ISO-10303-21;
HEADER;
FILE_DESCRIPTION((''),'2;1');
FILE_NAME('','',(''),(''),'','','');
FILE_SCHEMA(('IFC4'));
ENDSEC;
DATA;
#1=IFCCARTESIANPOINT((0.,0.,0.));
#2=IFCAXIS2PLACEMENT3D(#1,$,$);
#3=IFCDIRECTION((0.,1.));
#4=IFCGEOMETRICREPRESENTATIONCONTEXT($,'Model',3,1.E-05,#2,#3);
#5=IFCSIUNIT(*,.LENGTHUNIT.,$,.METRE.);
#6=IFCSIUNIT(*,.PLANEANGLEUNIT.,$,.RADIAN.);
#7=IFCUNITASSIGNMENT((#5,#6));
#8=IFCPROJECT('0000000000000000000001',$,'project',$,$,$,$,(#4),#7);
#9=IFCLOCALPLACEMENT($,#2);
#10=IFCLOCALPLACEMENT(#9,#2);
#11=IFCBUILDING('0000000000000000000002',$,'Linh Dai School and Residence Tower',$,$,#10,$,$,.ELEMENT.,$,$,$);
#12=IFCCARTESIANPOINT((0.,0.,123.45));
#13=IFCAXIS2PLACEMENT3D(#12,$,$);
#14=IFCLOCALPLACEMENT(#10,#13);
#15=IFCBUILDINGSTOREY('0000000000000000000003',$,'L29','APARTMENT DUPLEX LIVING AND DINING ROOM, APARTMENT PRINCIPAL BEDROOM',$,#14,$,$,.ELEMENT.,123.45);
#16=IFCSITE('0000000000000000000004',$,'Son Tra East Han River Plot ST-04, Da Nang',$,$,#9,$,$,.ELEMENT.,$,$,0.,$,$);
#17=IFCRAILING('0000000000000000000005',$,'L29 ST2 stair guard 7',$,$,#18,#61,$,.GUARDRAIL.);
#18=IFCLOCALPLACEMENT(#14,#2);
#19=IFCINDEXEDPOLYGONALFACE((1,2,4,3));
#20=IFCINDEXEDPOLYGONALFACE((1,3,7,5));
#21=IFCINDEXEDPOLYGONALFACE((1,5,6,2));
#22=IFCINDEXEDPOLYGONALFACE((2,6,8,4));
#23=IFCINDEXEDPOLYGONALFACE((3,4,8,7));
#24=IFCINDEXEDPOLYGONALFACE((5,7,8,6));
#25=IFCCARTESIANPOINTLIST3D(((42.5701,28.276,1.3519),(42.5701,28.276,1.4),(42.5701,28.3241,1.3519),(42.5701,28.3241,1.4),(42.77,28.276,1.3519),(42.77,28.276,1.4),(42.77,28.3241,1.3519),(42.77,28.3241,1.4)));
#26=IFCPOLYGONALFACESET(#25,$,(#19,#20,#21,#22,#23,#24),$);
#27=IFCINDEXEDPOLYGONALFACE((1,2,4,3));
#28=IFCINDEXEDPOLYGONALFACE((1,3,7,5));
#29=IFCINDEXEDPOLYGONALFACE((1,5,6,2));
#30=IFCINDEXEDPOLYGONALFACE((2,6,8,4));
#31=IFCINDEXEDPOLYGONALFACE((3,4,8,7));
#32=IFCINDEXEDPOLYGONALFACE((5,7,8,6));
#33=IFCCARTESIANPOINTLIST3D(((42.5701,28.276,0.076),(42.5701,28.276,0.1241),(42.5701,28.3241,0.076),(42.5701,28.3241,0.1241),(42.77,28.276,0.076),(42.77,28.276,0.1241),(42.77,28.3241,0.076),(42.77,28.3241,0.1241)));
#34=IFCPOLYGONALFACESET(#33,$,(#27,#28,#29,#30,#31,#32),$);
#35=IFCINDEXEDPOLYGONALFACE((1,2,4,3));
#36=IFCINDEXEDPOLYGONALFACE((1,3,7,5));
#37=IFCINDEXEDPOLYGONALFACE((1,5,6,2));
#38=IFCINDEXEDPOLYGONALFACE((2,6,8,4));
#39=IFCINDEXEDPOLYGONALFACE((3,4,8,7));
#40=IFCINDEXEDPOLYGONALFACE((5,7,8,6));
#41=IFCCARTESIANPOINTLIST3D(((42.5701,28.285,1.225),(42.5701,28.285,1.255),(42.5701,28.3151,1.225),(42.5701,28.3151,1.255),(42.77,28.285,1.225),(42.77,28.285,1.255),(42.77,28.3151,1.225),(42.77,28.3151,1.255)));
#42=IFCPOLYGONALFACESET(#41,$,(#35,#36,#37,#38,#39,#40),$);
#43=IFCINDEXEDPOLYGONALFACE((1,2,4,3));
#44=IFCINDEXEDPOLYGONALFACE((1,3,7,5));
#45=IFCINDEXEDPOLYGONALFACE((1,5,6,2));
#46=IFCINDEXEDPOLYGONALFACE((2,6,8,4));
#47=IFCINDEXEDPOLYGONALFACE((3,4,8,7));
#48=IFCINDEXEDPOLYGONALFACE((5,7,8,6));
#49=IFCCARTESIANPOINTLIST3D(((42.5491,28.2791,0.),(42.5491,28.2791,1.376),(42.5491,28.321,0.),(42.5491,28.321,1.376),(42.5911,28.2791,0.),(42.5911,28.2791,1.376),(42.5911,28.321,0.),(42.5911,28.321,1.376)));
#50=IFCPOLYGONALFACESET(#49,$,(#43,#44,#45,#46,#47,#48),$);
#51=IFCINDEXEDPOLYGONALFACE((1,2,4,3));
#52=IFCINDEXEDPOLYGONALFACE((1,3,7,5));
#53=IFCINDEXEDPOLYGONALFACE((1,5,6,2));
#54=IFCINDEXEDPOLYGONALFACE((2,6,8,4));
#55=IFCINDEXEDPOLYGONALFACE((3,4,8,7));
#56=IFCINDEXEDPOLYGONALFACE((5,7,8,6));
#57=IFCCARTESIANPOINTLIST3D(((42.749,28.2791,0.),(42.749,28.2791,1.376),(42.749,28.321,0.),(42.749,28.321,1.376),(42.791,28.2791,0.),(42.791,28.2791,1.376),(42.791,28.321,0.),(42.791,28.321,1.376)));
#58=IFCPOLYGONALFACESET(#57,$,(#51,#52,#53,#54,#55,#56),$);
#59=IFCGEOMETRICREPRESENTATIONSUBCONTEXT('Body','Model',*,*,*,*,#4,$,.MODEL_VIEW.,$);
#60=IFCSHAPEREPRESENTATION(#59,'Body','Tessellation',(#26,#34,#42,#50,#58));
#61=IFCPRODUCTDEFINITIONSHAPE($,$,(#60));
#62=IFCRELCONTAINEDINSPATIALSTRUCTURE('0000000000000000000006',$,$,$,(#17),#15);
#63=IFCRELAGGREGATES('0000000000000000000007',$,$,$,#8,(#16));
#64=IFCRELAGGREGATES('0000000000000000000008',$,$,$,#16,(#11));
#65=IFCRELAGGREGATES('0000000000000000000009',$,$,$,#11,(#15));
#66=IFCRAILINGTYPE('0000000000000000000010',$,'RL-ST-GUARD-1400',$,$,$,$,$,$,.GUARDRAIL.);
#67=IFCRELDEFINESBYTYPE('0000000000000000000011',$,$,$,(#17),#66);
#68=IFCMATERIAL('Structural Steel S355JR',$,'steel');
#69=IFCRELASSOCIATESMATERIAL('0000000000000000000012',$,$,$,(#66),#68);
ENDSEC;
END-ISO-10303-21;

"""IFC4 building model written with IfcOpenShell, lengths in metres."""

from ifc_helpers import new_model, si_unit, direction, frame, origin, origin_2d, place, context, subcontext, project, spatial, rectangle, extrude, source, transform, mapped, material, type_object, element, save


model = new_model("IFC4")

# Units and contexts
model_context = context("Model", 3, precision=1e-05, world=origin(), true_north=direction((0.0, 1.0)))
body_context = subcontext(model_context, "Body", "Model", "MODEL_VIEW")
ifc_project = project(units=[si_unit("LENGTHUNIT", "METRE"), si_unit("PLANEANGLEUNIT", "RADIAN")], contexts=[model_context])

# Site, building, storey
site_placement = place(None, origin())
site = spatial("IfcSite", under=ifc_project, at=site_placement, Name="Son Tra East Han River Plot ST-04, Da Nang", CompositionType="ELEMENT", RefElevation=0.0)
building_placement = place(site_placement, origin())
building = spatial("IfcBuilding", under=site, at=building_placement, Name="Linh Dai School and Residence Tower", CompositionType="ELEMENT")
storey_placement = place(building_placement, frame((0.0, 0.0, 123.45)))
storey = spatial("IfcBuildingStorey", under=building, at=storey_placement, Name="L29", Description="APARTMENT DUPLEX LIVING AND DINING ROOM, APARTMENT PRINCIPAL BEDROOM", CompositionType="ELEMENT", Elevation=123.45)

# Shared definitions
ifc_material_1 = material(Name="Structural Steel S355JR", Category="steel")

# Railing
railing_type_1 = type_object("IfcRailingType", Name="RL-ST-GUARD-1400", PredefinedType="GUARDRAIL", material=ifc_material_1)
shared_shape_1 = source(origin(), body_context, "Body", "SweptSolid", [
    extrude(rectangle(XDim=0.0481, YDim=0.0481, at=origin_2d()), frame((0.0, 0.0, 1.376), z_axis=(1.0, 0.0, 0.0), x_axis=(0.0, 1.0, 0.0)), (0.0, 0.0, 1.0), 0.2),
    extrude(rectangle(XDim=0.0481, YDim=0.0481, at=origin_2d()), frame((0.0, 0.0, 0.1001), z_axis=(1.0, 0.0, 0.0), x_axis=(0.0, 1.0, 0.0)), (0.0, 0.0, 1.0), 0.2),
    extrude(rectangle(XDim=0.03, YDim=0.03, at=origin_2d()), frame((0.0, 0.0, 1.24), z_axis=(1.0, 0.0, 0.0), x_axis=(0.0, 1.0, 0.0)), (0.0, 0.0, 1.0), 0.2),
    extrude(rectangle(XDim=0.042, YDim=0.042, at=origin_2d()), origin(), (0.0, 0.0, 1.0), 1.376),
    extrude(rectangle(XDim=0.042, YDim=0.042, at=origin_2d()), frame((0.2, 0.0, 0.0)), (0.0, 0.0, 1.0), 1.376),
])
railing_1_placement = place(storey_placement, frame((42.5701, 28.3, 0.0)))
element("IfcRailing", 1, at=railing_1_placement, inside=storey, type_object=railing_type_1, Name="L29 ST2 stair guard 7", PredefinedType="GUARDRAIL", context=body_context, shape_type="MappedRepresentation", body=[
    mapped(shared_shape_1, transform((0.0, 0.0, 0.0), x_axis=(1.0, 0.0, 0.0), y_axis=(0.0, 1.0, 0.0), z_axis=(0.0, 0.0, 1.0), scale=1.0)),
])

save(model, "model.ifc")
